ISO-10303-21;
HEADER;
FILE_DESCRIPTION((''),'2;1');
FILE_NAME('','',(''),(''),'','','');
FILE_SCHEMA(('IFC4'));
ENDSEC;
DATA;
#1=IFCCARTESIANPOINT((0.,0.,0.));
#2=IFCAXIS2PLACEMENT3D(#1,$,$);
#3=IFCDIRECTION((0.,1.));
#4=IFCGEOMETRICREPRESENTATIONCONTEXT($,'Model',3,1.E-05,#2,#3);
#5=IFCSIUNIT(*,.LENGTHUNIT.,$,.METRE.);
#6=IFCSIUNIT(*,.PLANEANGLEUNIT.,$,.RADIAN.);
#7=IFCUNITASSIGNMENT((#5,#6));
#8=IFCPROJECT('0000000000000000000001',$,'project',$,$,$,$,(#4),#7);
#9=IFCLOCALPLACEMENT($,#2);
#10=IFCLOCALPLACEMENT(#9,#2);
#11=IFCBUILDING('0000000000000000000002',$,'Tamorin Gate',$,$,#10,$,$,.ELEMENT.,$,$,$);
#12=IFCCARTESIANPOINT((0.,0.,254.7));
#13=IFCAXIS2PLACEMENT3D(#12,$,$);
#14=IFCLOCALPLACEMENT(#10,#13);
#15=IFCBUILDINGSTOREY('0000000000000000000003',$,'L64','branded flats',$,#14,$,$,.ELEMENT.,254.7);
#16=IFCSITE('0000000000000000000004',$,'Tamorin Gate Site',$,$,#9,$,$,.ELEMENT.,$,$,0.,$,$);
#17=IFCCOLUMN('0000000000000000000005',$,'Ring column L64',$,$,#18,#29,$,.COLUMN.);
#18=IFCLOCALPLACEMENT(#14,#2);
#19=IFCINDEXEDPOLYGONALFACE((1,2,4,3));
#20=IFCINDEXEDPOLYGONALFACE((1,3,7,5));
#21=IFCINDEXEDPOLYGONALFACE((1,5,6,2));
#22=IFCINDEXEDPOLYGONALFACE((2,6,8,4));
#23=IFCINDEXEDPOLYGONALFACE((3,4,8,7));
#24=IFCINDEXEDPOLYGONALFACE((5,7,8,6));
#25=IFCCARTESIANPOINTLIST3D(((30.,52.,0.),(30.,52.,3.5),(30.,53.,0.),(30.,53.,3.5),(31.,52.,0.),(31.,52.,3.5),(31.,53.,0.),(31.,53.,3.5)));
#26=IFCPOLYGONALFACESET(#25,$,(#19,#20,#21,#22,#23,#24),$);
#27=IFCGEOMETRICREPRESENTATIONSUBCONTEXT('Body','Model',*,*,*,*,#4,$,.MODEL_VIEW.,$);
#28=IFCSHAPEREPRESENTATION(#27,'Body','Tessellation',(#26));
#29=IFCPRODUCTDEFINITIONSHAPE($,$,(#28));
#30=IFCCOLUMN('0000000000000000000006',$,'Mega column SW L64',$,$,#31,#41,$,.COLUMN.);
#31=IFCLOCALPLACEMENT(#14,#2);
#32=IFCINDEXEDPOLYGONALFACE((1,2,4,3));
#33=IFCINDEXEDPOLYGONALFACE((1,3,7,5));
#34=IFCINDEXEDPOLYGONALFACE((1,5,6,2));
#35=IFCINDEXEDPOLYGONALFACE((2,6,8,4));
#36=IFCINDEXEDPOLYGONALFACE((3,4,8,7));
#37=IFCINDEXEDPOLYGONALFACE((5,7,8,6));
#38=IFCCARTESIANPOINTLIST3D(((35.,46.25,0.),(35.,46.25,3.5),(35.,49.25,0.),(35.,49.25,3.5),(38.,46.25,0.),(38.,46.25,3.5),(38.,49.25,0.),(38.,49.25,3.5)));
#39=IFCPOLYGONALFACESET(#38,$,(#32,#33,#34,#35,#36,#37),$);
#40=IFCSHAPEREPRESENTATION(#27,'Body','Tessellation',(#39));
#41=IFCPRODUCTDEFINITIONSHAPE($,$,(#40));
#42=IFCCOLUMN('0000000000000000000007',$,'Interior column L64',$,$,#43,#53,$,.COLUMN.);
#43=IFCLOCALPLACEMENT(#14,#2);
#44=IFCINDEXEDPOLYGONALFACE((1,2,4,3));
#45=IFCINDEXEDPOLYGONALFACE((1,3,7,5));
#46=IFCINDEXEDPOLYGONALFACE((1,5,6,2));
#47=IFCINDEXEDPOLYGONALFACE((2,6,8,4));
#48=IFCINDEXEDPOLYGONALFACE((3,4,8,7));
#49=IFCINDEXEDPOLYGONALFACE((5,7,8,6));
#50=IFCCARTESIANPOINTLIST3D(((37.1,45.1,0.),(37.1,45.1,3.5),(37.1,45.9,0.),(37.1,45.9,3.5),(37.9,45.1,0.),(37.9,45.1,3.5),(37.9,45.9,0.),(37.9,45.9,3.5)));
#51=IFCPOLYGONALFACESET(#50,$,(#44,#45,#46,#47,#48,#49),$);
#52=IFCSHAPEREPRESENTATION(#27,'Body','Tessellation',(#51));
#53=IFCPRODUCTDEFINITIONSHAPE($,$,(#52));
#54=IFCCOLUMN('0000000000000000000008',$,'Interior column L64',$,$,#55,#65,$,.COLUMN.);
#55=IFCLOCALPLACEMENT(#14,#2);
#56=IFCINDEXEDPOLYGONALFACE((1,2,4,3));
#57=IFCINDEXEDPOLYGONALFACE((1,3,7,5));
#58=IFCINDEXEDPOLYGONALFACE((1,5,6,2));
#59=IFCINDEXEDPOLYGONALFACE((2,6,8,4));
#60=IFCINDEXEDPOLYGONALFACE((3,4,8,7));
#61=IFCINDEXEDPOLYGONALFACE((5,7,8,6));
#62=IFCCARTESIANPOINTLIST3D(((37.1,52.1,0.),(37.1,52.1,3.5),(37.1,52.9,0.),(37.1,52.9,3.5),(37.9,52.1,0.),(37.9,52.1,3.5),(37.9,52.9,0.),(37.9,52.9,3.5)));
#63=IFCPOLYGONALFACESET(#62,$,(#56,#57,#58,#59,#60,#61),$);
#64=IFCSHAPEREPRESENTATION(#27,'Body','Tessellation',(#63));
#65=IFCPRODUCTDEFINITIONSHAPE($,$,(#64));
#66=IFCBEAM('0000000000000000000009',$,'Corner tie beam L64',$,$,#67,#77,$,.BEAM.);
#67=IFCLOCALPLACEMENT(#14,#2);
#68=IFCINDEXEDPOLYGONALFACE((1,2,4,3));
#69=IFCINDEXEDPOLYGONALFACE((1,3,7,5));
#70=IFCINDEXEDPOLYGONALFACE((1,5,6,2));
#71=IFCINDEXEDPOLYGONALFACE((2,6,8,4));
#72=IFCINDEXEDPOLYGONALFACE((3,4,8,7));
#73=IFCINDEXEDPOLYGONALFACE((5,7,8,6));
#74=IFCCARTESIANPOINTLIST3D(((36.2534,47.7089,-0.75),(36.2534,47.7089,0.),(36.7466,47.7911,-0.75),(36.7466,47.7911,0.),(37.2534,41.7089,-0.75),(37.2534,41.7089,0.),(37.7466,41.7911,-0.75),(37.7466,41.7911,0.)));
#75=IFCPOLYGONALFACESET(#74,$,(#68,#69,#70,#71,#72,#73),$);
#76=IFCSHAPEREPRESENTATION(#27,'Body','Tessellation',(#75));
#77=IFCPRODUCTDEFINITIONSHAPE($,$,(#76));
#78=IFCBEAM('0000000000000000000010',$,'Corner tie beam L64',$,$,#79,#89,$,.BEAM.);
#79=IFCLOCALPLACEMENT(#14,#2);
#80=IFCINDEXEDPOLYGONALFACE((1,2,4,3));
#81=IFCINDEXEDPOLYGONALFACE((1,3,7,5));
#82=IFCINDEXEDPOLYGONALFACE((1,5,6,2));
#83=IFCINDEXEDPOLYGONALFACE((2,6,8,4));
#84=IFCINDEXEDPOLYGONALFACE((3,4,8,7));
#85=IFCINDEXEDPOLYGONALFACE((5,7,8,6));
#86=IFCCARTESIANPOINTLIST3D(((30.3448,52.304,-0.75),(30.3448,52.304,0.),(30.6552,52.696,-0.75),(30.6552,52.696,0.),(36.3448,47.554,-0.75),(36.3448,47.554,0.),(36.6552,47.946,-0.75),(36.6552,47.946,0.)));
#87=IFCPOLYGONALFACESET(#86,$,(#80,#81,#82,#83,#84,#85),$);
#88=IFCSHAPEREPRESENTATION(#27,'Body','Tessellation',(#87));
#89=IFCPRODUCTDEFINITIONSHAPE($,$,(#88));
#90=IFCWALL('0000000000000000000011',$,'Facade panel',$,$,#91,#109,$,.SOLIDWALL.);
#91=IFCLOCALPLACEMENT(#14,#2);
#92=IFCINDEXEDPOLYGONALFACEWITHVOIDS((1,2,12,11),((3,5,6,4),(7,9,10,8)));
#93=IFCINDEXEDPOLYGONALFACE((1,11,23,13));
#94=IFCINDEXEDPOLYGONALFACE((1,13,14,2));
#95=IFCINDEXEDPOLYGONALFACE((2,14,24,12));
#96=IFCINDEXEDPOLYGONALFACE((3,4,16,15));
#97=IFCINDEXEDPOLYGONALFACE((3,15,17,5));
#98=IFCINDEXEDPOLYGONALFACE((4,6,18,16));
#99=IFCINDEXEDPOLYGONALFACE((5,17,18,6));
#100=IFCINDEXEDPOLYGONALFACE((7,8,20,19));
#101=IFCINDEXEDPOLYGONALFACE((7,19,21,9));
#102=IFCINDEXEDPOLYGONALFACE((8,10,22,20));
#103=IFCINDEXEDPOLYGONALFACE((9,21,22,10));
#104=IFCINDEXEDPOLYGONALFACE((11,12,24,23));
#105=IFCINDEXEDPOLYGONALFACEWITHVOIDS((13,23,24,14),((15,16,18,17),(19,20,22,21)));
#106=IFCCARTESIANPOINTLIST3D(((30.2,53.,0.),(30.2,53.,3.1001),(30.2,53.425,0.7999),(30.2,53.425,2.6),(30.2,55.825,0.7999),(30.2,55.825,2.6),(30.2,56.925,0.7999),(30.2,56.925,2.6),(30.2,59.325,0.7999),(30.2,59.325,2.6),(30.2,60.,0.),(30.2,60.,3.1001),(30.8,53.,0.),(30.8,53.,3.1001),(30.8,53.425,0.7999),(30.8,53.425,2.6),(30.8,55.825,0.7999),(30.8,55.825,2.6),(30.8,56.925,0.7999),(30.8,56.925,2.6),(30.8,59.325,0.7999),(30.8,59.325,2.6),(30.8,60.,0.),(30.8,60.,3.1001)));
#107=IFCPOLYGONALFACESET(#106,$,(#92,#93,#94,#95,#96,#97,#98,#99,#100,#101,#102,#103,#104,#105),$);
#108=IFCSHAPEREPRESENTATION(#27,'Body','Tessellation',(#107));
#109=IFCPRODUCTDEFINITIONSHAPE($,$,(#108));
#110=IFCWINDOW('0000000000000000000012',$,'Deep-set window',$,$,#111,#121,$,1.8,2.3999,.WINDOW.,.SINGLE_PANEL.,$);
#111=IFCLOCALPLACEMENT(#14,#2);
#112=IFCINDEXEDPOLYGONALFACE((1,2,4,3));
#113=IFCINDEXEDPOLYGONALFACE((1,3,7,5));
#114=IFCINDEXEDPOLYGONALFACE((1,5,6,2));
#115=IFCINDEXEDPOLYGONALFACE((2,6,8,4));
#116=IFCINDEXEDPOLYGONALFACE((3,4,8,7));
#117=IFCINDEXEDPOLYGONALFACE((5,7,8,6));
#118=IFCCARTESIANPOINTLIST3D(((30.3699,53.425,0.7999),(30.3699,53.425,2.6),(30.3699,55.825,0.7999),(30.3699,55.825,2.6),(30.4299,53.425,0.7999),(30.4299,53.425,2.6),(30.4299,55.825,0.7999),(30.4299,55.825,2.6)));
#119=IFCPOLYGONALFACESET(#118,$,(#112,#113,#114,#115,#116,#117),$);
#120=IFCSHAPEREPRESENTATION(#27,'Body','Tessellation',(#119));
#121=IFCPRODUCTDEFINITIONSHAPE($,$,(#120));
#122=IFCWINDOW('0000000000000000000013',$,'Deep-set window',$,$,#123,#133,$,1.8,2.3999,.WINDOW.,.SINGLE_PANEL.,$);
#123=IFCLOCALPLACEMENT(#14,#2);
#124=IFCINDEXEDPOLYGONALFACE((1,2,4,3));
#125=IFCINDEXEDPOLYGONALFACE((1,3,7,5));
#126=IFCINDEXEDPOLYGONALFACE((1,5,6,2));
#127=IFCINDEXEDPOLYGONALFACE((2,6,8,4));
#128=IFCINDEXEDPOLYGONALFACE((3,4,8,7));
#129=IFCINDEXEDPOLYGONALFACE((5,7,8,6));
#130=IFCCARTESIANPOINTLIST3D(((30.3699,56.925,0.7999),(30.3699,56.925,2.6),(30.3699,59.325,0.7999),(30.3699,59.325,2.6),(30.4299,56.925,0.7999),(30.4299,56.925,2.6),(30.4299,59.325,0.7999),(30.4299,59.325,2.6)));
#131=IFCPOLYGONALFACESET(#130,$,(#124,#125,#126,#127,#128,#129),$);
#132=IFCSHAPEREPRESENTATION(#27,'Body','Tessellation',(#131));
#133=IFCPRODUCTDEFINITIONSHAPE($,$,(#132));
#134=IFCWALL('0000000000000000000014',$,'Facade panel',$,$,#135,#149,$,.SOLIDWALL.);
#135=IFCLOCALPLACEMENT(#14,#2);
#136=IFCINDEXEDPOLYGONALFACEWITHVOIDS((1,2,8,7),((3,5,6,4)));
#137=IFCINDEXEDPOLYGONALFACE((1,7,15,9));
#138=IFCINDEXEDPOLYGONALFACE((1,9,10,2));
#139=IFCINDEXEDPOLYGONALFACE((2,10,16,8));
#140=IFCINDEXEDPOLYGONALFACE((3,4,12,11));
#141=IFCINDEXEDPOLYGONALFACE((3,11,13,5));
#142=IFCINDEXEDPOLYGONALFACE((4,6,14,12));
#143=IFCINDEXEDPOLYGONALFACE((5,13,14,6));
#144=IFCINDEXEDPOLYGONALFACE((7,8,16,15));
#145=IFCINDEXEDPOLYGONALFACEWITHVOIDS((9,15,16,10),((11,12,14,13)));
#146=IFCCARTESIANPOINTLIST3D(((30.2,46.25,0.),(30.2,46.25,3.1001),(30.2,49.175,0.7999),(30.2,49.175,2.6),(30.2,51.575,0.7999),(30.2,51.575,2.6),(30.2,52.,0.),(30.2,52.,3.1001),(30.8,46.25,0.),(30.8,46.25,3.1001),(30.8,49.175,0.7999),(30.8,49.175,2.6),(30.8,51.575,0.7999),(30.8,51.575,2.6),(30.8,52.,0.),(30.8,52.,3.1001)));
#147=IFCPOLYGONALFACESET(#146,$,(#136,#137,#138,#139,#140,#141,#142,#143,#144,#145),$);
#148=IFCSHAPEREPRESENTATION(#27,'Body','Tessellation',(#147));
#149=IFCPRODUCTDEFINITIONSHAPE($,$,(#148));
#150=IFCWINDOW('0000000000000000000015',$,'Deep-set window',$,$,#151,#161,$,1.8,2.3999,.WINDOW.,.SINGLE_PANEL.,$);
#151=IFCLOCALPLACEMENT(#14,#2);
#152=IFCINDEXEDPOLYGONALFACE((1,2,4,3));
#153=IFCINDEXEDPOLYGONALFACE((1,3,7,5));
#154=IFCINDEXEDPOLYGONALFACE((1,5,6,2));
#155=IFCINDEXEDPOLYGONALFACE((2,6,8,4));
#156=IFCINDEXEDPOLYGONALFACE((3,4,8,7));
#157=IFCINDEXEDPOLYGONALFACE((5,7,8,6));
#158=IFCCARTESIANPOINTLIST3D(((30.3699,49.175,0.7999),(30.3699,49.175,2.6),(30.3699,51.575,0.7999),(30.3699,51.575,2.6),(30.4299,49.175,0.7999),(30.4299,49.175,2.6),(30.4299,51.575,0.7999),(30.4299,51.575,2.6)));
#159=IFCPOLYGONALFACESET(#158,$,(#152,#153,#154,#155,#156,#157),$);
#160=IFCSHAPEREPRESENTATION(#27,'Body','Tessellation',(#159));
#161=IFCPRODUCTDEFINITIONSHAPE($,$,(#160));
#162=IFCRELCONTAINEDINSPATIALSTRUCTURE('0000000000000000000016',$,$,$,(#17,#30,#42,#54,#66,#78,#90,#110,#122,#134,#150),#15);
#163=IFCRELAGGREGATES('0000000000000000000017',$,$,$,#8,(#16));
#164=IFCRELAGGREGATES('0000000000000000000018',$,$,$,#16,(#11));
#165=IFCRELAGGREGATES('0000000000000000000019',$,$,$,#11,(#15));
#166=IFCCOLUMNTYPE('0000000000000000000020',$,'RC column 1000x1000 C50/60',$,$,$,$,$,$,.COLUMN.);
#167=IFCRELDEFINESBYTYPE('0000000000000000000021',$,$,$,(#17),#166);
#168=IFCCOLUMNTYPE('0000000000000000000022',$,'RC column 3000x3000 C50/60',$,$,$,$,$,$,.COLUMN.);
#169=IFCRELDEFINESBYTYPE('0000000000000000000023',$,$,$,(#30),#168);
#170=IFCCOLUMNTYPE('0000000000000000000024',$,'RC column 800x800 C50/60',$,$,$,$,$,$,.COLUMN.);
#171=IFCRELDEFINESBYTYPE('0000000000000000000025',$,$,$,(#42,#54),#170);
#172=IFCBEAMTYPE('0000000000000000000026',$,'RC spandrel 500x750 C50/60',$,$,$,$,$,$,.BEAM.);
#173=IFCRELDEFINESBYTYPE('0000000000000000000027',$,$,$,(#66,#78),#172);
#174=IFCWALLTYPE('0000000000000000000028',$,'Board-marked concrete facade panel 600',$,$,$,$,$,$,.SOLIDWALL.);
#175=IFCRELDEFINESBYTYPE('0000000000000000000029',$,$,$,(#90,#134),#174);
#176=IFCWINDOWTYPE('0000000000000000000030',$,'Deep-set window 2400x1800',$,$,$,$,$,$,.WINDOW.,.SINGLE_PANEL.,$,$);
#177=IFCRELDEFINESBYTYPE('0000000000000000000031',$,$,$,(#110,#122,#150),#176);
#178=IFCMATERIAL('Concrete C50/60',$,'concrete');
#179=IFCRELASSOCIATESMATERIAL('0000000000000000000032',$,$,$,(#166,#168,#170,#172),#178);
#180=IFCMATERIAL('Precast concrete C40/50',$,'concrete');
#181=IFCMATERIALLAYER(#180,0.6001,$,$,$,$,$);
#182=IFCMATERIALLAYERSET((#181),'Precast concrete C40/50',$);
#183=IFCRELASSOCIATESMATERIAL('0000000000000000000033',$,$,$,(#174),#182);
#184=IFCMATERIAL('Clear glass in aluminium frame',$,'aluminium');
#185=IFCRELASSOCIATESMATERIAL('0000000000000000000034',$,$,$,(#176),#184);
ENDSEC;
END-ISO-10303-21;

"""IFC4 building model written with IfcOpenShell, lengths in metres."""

from ifc_helpers import new_model, si_unit, direction, frame, frame_2d, origin, origin_2d, place, context, subcontext, project, spatial, rectangle, extrude, material, layer, layer_set, material_profile, profile_set, type_object, element, fill, save


model = new_model("IFC4")

# Units and contexts
model_context = context("Model", 3, precision=1e-05, world=origin(), true_north=direction((0.0, 1.0)))
body_context = subcontext(model_context, "Body", "Model", "MODEL_VIEW")
ifc_project = project(units=[si_unit("LENGTHUNIT", "METRE"), si_unit("PLANEANGLEUNIT", "RADIAN")], contexts=[model_context])

# Site, building, storey
site_placement = place(None, origin())
site = spatial("IfcSite", under=ifc_project, at=site_placement, Name="Tamorin Gate Site", CompositionType="ELEMENT", RefElevation=0.0)
building_placement = place(site_placement, origin())
building = spatial("IfcBuilding", under=site, at=building_placement, Name="Tamorin Gate", CompositionType="ELEMENT")
storey_placement = place(building_placement, frame((0.0, 0.0, 254.7)))
storey = spatial("IfcBuildingStorey", under=building, at=storey_placement, Name="L64", Description="branded flats", CompositionType="ELEMENT", Elevation=254.7)

# Columns
ifc_material_1 = material(Name="Concrete C50/60", Category="concrete")
ifc_material_profile_1 = material_profile(ifc_material_1, rectangle(XDim=1.0, YDim=1.0, at=origin_2d()), Name="RC 1000x1000")
ifc_profile_set_1 = profile_set([ifc_material_profile_1], Name="Concrete C50/60")
column_type_1 = type_object("IfcColumnType", Name="RC column 1000x1000 C50/60", PredefinedType="COLUMN", material=ifc_profile_set_1)
column_1_placement = place(storey_placement, frame((30.5, 52.5, 0.0), z_axis=(0.0, 0.0, 1.0), x_axis=(1.0, 0.0, 0.0)))
element("IfcColumn", 1, at=column_1_placement, inside=storey, type_object=column_type_1, Name="Ring column L64", PredefinedType="COLUMN", context=body_context, shape_type="SweptSolid", body=[
    extrude(rectangle(XDim=1.0, YDim=1.0, at=origin_2d()), origin(), (0.0, 0.0, 1.0), 3.5),
])
ifc_material_profile_2 = material_profile(ifc_material_1, rectangle(XDim=3.0, YDim=3.0, at=origin_2d()), Name="RC 3000x3000")
ifc_profile_set_2 = profile_set([ifc_material_profile_2], Name="Concrete C50/60")
column_type_2 = type_object("IfcColumnType", Name="RC column 3000x3000 C50/60", PredefinedType="COLUMN", material=ifc_profile_set_2)
column_2_placement = place(storey_placement, frame((36.5, 47.75, 0.0), z_axis=(0.0, 0.0, 1.0), x_axis=(1.0, 0.0, 0.0)))
element("IfcColumn", 2, at=column_2_placement, inside=storey, type_object=column_type_2, Name="Mega column SW L64", PredefinedType="COLUMN", context=body_context, shape_type="SweptSolid", body=[
    extrude(rectangle(XDim=3.0, YDim=3.0, at=origin_2d()), origin(), (0.0, 0.0, 1.0), 3.5),
])
ifc_material_profile_3 = material_profile(ifc_material_1, rectangle(XDim=0.8, YDim=0.8, at=origin_2d()), Name="RC 800x800")
ifc_profile_set_3 = profile_set([ifc_material_profile_3], Name="Concrete C50/60")
column_type_3 = type_object("IfcColumnType", Name="RC column 800x800 C50/60", PredefinedType="COLUMN", material=ifc_profile_set_3)
for number, where, z_axis, x_axis, name in (
    (3, (37.5, 45.5, 0.0), (0.0, 0.0, 1.0), (1.0, 0.0, 0.0), "Interior column L64"),
    (4, (37.5, 52.5, 0.0), (0.0, 0.0, 1.0), (1.0, 0.0, 0.0), "Interior column L64"),
):
    element("IfcColumn", number, at=place(storey_placement, frame(where, z_axis=z_axis, x_axis=x_axis)), inside=storey, type_object=column_type_3, Name=name, PredefinedType="COLUMN", context=body_context, shape_type="SweptSolid", body=[
        extrude(rectangle(XDim=0.8, YDim=0.8, at=origin_2d()), origin(), (0.0, 0.0, 1.0), 3.5),
    ])

# Beams
ifc_material_profile_4 = material_profile(ifc_material_1, rectangle(XDim=0.5, YDim=0.75, at=origin_2d()), Name="RC 500x750")
ifc_profile_set_4 = profile_set([ifc_material_profile_4], Name="Concrete C50/60")
beam_type = type_object("IfcBeamType", Name="RC spandrel 500x750 C50/60", PredefinedType="BEAM", material=ifc_profile_set_4)
beam_1_placement = place(storey_placement, frame((36.5, 47.75, -0.375), z_axis=(0.164399, -0.986394, 0.0), x_axis=(0.986394, 0.164399, 0.0)))
element("IfcBeam", 5, at=beam_1_placement, inside=storey, type_object=beam_type, Name="Corner tie beam L64", PredefinedType="BEAM", context=body_context, shape_type="SweptSolid", body=[
    extrude(rectangle(XDim=0.5, YDim=0.75, at=origin_2d()), origin(), (0.0, 0.0, 1.0), 6.0828),
])
beam_2_placement = place(storey_placement, frame((36.5, 47.75, -0.375), z_axis=(-0.784046, 0.620703, 0.0), x_axis=(-0.620703, -0.784046, 0.0)))
element("IfcBeam", 6, at=beam_2_placement, inside=storey, type_object=beam_type, Name="Corner tie beam L64", PredefinedType="BEAM", context=body_context, shape_type="SweptSolid", body=[
    extrude(rectangle(XDim=0.5, YDim=0.75, at=origin_2d()), origin(), (0.0, 0.0, 1.0), 7.6526),
])

# Wall, openings, windows
ifc_material_2 = material(Name="Precast concrete C40/50", Category="concrete")
ifc_layer_1 = layer(ifc_material_2, 0.6001)
ifc_layer_set_1 = layer_set([ifc_layer_1], Name="Precast concrete C40/50")
wall_type_1 = type_object("IfcWallType", Name="Board-marked concrete facade panel 600", PredefinedType="SOLIDWALL", material=ifc_layer_set_1)
wall_1_placement = place(storey_placement, frame((30.5, 60.0, 0.0), z_axis=(0.0, 0.0, 1.0), x_axis=(0.0, -1.0, 0.0)))
wall_1 = element("IfcWall", 7, at=wall_1_placement, inside=storey, type_object=wall_type_1, Name="Facade panel", PredefinedType="SOLIDWALL", context=body_context, shape_type="SweptSolid", body=[
    extrude(rectangle(XDim=7.0, YDim=0.6001, at=frame_2d((3.5, 0.0))), origin(), (0.0, 0.0, 1.0), 3.1001),
])
opening_1_placement = place(wall_1_placement, frame((4.175, 0.0, 0.8)))
opening_1 = element("IfcOpeningElement", 8, at=opening_1_placement, cuts=wall_1, PredefinedType="OPENING", context=body_context, shape_type="SweptSolid", body=[
    extrude(rectangle(XDim=2.3999, YDim=1.8, at=frame_2d((1.2, 0.8999))), frame((0.0, 0.3101, 0.0), z_axis=(0.0, -1.0, 0.0), x_axis=(1.0, 0.0, 0.0)), (0.0, 0.0, 1.0), 0.6201),
])
opening_2_placement = place(wall_1_placement, frame((0.675, 0.0, 0.8)))
opening_2 = element("IfcOpeningElement", 9, at=opening_2_placement, cuts=wall_1, PredefinedType="OPENING", context=body_context, shape_type="SweptSolid", body=[
    extrude(rectangle(XDim=2.3999, YDim=1.8, at=frame_2d((1.2, 0.8999))), frame((0.0, 0.3101, 0.0), z_axis=(0.0, -1.0, 0.0), x_axis=(1.0, 0.0, 0.0)), (0.0, 0.0, 1.0), 0.6201),
])
ifc_material_3 = material(Name="Clear glass in aluminium frame", Category="aluminium")
window_type = type_object("IfcWindowType", Name="Deep-set window 2400x1800", PartitioningType="SINGLE_PANEL", PredefinedType="WINDOW", material=ifc_material_3)
window_1_placement = place(opening_1_placement, origin())
window_1 = element("IfcWindow", 10, at=window_1_placement, inside=storey, type_object=window_type, Name="Deep-set window", OverallHeight=1.8, OverallWidth=2.3999, PartitioningType="SINGLE_PANEL", PredefinedType="WINDOW", context=body_context, shape_type="SweptSolid", body=[
    extrude(rectangle(XDim=2.3999, YDim=1.8, at=frame_2d((1.2, 0.8999))), frame((0.0, -0.0701, 0.0), z_axis=(0.0, -1.0, 0.0), x_axis=(1.0, 0.0, 0.0)), (0.0, 0.0, 1.0), 0.0601),
])
fill(opening_1, window_1)
window_2_placement = place(opening_2_placement, origin())
window_2 = element("IfcWindow", 11, at=window_2_placement, inside=storey, type_object=window_type, Name="Deep-set window", OverallHeight=1.8, OverallWidth=2.3999, PartitioningType="SINGLE_PANEL", PredefinedType="WINDOW", context=body_context, shape_type="SweptSolid", body=[
    extrude(rectangle(XDim=2.3999, YDim=1.8, at=frame_2d((1.2, 0.8999))), frame((0.0, -0.0701, 0.0), z_axis=(0.0, -1.0, 0.0), x_axis=(1.0, 0.0, 0.0)), (0.0, 0.0, 1.0), 0.0601),
])
fill(opening_2, window_2)

# Wall, opening, window
wall_2_placement = place(storey_placement, frame((30.5, 52.0, 0.0), z_axis=(0.0, 0.0, 1.0), x_axis=(0.0, -1.0, 0.0)))
wall_2 = element("IfcWall", 12, at=wall_2_placement, inside=storey, type_object=wall_type_1, Name="Facade panel", PredefinedType="SOLIDWALL", context=body_context, shape_type="SweptSolid", body=[
    extrude(rectangle(XDim=5.75, YDim=0.6001, at=frame_2d((2.875, 0.0))), origin(), (0.0, 0.0, 1.0), 3.1001),
])
opening_3_placement = place(wall_2_placement, frame((0.425, 0.0, 0.8)))
opening_3 = element("IfcOpeningElement", 13, at=opening_3_placement, cuts=wall_2, PredefinedType="OPENING", context=body_context, shape_type="SweptSolid", body=[
    extrude(rectangle(XDim=2.3999, YDim=1.8, at=frame_2d((1.2, 0.8999))), frame((0.0, 0.3101, 0.0), z_axis=(0.0, -1.0, 0.0), x_axis=(1.0, 0.0, 0.0)), (0.0, 0.0, 1.0), 0.6201),
])
window_3_placement = place(opening_3_placement, origin())
window_3 = element("IfcWindow", 14, at=window_3_placement, inside=storey, type_object=window_type, Name="Deep-set window", OverallHeight=1.8, OverallWidth=2.3999, PartitioningType="SINGLE_PANEL", PredefinedType="WINDOW", context=body_context, shape_type="SweptSolid", body=[
    extrude(rectangle(XDim=2.3999, YDim=1.8, at=frame_2d((1.2, 0.8999))), frame((0.0, -0.0701, 0.0), z_axis=(0.0, -1.0, 0.0), x_axis=(1.0, 0.0, 0.0)), (0.0, 0.0, 1.0), 0.0601),
])
fill(opening_3, window_3)

save(model, "model.ifc")
